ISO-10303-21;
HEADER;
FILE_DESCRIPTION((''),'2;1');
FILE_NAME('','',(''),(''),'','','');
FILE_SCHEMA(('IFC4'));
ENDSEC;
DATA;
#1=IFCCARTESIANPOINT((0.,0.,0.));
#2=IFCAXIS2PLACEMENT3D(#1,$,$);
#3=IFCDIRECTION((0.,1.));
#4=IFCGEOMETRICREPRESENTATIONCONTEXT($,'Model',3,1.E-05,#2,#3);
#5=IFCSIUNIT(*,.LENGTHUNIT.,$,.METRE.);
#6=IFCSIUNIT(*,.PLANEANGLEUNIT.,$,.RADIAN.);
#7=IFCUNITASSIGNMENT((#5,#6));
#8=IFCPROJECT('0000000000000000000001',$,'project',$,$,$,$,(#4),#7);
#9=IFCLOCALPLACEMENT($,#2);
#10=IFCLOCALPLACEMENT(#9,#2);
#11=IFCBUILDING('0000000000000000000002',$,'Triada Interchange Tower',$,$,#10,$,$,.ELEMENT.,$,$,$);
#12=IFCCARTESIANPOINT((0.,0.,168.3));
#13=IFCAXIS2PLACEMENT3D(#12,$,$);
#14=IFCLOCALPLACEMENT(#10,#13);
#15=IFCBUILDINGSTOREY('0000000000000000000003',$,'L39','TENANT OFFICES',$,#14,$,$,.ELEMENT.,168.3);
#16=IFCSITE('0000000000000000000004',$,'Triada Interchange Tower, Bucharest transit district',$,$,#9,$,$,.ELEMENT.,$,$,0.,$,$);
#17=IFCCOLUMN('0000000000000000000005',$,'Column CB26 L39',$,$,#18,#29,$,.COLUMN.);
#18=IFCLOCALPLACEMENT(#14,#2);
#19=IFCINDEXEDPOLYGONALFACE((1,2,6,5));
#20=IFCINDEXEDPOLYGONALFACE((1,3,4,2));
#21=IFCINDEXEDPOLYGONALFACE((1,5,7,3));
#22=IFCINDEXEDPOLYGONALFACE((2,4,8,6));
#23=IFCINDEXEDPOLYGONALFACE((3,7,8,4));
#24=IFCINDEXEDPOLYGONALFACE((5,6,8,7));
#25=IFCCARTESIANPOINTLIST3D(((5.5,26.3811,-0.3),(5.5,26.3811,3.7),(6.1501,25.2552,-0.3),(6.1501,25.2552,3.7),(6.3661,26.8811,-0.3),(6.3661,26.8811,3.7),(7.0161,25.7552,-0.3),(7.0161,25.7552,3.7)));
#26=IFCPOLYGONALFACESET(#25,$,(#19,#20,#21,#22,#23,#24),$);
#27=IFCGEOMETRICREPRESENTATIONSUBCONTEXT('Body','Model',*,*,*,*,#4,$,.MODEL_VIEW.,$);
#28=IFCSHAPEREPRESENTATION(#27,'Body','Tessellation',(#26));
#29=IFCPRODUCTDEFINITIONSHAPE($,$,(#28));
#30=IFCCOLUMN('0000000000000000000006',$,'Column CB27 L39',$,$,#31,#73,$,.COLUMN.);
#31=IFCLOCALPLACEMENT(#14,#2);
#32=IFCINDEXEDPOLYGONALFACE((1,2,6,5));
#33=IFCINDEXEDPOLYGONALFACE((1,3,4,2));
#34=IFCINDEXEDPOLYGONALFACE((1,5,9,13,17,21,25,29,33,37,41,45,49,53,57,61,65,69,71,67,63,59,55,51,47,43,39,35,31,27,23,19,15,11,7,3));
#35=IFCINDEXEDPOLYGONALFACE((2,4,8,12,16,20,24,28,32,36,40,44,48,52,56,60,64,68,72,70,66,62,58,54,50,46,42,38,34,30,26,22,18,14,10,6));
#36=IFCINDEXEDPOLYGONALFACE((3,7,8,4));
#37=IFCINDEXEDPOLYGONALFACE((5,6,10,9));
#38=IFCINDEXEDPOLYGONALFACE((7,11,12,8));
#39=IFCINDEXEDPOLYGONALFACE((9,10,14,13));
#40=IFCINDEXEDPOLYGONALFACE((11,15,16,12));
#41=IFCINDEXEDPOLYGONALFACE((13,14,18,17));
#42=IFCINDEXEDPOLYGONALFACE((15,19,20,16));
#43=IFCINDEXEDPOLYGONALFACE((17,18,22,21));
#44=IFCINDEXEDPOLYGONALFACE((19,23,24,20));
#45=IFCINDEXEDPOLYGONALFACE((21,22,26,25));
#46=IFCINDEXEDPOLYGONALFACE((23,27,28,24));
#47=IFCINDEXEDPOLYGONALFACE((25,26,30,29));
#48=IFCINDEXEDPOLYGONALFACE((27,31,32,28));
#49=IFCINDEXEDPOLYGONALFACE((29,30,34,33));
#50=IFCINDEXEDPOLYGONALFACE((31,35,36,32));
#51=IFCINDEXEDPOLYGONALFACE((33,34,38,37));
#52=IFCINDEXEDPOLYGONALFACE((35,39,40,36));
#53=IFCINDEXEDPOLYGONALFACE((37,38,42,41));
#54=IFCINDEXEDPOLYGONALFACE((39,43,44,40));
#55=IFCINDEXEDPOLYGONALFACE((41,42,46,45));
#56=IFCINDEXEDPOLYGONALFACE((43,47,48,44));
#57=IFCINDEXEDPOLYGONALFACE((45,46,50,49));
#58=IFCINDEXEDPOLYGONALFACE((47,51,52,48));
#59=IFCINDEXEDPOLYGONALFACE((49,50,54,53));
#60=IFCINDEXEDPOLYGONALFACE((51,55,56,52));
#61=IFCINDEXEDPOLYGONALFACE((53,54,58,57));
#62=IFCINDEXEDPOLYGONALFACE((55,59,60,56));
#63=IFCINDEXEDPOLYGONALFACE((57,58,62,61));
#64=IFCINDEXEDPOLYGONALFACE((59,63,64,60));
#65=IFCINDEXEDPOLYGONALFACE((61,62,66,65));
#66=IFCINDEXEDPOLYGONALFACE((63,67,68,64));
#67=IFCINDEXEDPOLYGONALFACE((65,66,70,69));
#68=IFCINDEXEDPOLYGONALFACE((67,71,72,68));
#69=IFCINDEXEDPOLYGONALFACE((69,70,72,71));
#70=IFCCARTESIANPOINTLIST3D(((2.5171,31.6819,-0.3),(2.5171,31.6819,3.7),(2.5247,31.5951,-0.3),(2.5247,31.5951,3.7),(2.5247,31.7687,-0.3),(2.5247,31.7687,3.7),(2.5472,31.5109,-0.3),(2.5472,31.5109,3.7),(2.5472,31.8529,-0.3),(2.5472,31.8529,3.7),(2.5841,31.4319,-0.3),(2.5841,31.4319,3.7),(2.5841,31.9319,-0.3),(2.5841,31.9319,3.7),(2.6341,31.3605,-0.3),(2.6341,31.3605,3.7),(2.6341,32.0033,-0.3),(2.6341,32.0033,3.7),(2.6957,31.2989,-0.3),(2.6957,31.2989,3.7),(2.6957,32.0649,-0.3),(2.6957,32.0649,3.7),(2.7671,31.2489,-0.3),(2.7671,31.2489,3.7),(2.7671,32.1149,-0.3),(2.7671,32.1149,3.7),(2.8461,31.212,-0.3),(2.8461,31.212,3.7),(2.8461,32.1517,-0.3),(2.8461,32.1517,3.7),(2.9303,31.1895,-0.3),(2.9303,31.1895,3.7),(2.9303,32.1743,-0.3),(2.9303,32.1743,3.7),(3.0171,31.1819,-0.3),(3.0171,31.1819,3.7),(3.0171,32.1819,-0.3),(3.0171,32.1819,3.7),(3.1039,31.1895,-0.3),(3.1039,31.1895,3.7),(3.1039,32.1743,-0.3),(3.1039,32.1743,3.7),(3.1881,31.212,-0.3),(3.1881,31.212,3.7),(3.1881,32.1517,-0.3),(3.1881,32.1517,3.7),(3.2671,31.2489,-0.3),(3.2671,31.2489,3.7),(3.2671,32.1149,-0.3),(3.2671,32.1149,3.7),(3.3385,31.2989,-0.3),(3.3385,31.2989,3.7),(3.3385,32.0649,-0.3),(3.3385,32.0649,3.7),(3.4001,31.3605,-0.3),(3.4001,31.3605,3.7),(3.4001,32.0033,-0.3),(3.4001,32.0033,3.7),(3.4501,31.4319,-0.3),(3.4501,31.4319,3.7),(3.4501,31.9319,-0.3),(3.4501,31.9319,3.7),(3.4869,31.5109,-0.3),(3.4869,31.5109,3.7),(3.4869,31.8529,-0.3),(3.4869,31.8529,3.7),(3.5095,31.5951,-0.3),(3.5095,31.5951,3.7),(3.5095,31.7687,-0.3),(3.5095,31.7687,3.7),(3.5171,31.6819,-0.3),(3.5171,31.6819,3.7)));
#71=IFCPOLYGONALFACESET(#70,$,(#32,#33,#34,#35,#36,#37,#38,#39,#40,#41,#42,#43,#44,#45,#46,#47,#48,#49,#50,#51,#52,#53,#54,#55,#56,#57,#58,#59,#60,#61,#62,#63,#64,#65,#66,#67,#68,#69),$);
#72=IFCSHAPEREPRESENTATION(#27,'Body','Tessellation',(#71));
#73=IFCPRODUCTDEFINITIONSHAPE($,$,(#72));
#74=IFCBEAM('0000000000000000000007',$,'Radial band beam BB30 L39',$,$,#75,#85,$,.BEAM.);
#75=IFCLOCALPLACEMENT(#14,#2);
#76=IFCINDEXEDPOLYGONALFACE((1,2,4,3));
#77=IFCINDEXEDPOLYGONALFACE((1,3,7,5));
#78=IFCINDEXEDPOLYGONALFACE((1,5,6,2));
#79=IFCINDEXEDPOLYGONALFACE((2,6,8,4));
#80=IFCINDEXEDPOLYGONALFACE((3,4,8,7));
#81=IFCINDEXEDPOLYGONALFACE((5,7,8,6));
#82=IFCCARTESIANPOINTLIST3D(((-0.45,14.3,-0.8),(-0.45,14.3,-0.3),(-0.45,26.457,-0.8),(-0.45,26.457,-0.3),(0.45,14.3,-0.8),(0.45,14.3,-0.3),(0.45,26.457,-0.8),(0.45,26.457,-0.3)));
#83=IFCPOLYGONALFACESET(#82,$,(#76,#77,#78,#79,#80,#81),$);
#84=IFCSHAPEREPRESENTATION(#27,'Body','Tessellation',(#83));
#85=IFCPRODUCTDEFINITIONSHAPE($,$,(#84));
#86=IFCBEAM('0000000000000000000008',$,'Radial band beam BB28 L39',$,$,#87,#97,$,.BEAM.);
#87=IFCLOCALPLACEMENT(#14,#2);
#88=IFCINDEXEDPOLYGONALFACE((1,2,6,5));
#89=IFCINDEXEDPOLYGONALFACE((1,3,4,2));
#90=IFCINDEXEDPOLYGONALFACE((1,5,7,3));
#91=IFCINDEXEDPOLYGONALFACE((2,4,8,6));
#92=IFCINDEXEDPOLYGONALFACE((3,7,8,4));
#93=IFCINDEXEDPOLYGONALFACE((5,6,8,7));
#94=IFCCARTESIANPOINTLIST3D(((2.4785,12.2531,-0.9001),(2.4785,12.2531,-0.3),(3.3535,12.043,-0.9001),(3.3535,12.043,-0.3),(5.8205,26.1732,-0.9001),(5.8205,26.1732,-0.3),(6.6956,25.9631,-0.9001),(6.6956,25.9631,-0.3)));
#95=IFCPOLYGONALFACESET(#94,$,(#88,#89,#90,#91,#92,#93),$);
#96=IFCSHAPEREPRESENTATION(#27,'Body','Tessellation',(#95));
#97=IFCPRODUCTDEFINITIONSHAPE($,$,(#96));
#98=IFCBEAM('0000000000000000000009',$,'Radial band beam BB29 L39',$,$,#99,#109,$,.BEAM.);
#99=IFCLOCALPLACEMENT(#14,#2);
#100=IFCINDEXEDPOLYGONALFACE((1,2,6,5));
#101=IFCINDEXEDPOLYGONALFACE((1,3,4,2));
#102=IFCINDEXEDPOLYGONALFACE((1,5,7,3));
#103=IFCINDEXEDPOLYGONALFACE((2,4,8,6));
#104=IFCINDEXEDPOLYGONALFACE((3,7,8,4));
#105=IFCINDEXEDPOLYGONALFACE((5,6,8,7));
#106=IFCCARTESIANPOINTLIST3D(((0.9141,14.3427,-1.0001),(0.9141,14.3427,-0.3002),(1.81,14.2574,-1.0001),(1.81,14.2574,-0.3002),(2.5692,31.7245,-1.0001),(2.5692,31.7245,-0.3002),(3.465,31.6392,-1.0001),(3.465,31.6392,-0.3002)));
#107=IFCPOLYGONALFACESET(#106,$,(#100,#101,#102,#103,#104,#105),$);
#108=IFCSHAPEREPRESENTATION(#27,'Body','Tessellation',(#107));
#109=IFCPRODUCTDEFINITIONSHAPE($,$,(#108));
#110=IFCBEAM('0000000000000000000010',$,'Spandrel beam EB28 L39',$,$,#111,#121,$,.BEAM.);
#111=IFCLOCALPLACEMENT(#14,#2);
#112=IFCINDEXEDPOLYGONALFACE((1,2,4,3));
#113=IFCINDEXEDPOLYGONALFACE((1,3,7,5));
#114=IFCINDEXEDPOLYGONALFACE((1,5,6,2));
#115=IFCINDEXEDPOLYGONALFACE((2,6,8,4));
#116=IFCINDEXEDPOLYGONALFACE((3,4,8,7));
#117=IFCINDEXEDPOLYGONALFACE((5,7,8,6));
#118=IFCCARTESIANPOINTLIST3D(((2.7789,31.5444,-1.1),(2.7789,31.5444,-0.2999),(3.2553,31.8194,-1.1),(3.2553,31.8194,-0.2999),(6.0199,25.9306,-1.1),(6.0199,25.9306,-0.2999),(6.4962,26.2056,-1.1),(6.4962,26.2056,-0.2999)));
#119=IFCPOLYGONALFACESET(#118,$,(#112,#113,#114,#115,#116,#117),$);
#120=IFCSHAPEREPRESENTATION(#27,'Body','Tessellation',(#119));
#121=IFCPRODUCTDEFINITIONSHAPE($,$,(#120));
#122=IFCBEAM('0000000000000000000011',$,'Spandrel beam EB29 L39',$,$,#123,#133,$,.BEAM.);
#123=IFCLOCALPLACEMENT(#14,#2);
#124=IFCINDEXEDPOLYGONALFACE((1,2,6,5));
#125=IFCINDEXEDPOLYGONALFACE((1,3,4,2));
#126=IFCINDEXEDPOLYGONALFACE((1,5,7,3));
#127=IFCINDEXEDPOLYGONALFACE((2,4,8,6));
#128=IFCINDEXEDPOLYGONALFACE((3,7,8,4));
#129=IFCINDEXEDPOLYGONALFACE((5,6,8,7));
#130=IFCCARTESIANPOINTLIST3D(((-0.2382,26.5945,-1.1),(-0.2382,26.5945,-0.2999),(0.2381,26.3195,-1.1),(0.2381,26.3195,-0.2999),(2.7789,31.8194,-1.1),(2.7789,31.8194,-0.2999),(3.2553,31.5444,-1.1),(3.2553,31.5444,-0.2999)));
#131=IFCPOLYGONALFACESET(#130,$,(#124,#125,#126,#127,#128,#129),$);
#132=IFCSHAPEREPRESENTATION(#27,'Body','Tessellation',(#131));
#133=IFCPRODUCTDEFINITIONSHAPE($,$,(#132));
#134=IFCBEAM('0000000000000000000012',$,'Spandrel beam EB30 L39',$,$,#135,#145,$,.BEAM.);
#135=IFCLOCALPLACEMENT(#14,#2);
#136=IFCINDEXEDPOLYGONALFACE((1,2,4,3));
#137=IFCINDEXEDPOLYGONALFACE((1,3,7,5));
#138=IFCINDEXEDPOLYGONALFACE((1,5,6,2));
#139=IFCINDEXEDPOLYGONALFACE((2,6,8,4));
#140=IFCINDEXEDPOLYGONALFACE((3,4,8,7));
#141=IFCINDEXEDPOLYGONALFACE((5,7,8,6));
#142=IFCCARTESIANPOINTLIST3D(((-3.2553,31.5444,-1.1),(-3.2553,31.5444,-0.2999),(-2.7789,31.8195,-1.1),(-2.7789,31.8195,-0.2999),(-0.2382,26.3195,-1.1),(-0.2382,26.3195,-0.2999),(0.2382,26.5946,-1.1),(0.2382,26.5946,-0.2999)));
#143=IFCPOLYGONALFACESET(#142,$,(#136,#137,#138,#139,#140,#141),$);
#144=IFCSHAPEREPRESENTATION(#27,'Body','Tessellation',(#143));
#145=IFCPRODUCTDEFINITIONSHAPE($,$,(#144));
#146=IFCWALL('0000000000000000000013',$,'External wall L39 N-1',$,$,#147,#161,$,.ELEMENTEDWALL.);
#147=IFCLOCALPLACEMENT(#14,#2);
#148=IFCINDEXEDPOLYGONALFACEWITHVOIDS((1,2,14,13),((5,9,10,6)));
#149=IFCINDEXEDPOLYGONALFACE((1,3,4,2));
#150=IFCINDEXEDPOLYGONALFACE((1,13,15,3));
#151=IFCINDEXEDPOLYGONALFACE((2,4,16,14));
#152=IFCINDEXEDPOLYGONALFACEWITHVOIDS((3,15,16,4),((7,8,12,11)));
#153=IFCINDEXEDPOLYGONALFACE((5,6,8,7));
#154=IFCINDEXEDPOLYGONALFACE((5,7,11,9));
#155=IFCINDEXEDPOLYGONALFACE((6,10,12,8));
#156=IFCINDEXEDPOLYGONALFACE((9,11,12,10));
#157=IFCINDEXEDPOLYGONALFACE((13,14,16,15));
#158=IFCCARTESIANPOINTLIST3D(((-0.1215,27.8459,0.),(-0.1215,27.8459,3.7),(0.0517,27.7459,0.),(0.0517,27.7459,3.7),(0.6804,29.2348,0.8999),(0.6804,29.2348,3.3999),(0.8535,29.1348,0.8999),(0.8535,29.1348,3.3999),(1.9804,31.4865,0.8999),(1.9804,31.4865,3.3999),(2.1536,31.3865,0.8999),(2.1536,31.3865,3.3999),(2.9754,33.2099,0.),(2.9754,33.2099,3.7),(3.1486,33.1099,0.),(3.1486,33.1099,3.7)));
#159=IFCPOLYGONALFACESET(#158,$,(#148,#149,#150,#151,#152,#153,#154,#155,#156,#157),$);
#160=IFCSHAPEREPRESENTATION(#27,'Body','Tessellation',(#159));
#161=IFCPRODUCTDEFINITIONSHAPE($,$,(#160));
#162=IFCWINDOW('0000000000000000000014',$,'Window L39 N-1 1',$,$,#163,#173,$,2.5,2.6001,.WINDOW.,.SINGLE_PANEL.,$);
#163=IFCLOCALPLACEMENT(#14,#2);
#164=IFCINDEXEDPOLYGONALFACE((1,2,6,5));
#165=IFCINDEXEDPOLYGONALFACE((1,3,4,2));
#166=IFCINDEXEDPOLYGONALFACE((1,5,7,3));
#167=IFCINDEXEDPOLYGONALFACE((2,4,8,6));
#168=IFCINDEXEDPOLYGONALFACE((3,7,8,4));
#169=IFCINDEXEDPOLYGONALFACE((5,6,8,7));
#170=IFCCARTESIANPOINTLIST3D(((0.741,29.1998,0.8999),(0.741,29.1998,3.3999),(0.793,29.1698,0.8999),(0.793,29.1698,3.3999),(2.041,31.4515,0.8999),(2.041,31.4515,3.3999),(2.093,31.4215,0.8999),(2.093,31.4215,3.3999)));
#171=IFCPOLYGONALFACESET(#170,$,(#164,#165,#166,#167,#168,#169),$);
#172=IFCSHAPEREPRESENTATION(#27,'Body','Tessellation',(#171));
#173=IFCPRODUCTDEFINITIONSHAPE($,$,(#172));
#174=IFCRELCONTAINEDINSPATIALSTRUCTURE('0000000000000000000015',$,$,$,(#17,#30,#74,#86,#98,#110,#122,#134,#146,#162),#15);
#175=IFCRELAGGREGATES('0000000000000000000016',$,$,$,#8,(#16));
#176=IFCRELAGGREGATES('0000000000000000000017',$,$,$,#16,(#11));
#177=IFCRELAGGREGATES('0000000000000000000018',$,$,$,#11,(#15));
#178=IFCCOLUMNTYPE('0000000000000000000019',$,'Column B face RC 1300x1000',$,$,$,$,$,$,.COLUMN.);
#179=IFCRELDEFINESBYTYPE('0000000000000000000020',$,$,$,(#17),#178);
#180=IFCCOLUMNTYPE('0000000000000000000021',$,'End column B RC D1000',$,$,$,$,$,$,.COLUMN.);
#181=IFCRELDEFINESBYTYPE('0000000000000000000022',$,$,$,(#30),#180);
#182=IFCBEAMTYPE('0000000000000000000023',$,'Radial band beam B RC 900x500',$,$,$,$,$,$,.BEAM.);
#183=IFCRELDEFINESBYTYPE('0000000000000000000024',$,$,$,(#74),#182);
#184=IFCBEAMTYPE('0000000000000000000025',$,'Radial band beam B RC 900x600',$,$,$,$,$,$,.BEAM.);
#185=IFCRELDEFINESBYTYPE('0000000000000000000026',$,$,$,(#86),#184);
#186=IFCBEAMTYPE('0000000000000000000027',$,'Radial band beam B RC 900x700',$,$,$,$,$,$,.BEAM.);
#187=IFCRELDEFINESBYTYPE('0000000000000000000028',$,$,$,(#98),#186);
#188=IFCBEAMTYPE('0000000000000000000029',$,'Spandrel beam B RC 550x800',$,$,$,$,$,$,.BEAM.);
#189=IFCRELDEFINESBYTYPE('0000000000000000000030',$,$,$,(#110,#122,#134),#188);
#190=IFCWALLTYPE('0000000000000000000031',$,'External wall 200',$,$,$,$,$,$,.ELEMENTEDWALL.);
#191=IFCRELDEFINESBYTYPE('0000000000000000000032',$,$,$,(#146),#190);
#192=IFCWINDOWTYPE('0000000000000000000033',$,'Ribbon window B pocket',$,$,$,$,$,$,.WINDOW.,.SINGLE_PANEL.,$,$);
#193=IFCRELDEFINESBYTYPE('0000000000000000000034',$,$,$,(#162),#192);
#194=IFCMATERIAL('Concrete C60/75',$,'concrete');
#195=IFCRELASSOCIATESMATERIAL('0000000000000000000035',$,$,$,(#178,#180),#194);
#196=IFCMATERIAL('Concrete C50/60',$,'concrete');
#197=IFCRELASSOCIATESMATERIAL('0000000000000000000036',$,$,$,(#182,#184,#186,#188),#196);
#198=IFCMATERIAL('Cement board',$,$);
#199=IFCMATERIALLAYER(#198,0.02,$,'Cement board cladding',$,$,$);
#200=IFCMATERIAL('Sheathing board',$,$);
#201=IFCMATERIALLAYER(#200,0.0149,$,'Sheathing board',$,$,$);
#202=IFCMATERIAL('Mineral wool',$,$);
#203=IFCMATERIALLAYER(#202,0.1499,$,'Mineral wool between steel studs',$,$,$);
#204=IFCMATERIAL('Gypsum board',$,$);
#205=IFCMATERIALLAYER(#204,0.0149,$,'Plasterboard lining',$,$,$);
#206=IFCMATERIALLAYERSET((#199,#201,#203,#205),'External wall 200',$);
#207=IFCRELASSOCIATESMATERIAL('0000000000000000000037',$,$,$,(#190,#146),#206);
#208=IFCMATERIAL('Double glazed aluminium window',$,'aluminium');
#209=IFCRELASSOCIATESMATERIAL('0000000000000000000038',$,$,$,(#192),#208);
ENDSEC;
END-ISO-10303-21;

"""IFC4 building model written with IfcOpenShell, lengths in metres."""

from ifc_helpers import new_model, si_unit, direction, frame, frame_2d, origin, origin_2d, place, context, subcontext, project, spatial, rectangle, circle, extrude, material, layer, layer_set, layer_usage, material_profile, profile_set, type_object, element, fill, save


model = new_model("IFC4")

# Units and contexts
model_context = context("Model", 3, precision=1e-05, world=origin(), true_north=direction((0.0, 1.0)))
body_context = subcontext(model_context, "Body", "Model", "MODEL_VIEW")
ifc_project = project(units=[si_unit("LENGTHUNIT", "METRE"), si_unit("PLANEANGLEUNIT", "RADIAN")], contexts=[model_context])

# Site, building, storey
site_placement = place(None, origin())
site = spatial("IfcSite", under=ifc_project, at=site_placement, Name="Triada Interchange Tower, Bucharest transit district", CompositionType="ELEMENT", RefElevation=0.0)
building_placement = place(site_placement, origin())
building = spatial("IfcBuilding", under=site, at=building_placement, Name="Triada Interchange Tower", CompositionType="ELEMENT")
storey_placement = place(building_placement, frame((0.0, 0.0, 168.3)))
storey = spatial("IfcBuildingStorey", under=building, at=storey_placement, Name="L39", Description="TENANT OFFICES", CompositionType="ELEMENT", Elevation=168.3)

# Columns
ifc_material_1 = material(Name="Concrete C60/75", Category="concrete")
ifc_material_profile_1 = material_profile(ifc_material_1, rectangle(XDim=1.3, YDim=1.0, at=origin_2d()), Name="RC 1300x1000")
ifc_profile_set_1 = profile_set([ifc_material_profile_1], Name="Concrete C60/75")
column_type_1 = type_object("IfcColumnType", Name="Column B face RC 1300x1000", PredefinedType="COLUMN", material=ifc_profile_set_1)
column_1_placement = place(storey_placement, frame((6.2581, 26.0681, -0.3), z_axis=(0.0, 0.0, 1.0), x_axis=(-0.5, 0.866025, 0.0)))
element("IfcColumn", 1, at=column_1_placement, inside=storey, type_object=column_type_1, Name="Column CB26 L39", PredefinedType="COLUMN", context=body_context, shape_type="SweptSolid", body=[
    extrude(rectangle(XDim=1.3, YDim=1.0, at=origin_2d()), origin(), (0.0, 0.0, 1.0), 4.0),
])
ifc_material_profile_2 = material_profile(ifc_material_1, circle(Radius=0.5, at=origin_2d()), Name="RC D1000")
ifc_profile_set_2 = profile_set([ifc_material_profile_2], Name="Concrete C60/75")
column_type_2 = type_object("IfcColumnType", Name="End column B RC D1000", PredefinedType="COLUMN", material=ifc_profile_set_2)
column_2_placement = place(storey_placement, frame((3.0171, 31.6819, -0.3), z_axis=(0.0, 0.0, 1.0), x_axis=(-0.5, 0.866025, 0.0)))
element("IfcColumn", 2, at=column_2_placement, inside=storey, type_object=column_type_2, Name="Column CB27 L39", PredefinedType="COLUMN", context=body_context, shape_type="SweptSolid", body=[
    extrude(circle(Radius=0.5, at=origin_2d()), origin(), (0.0, 0.0, 1.0), 4.0),
])

# Beams
ifc_material_2 = material(Name="Concrete C50/60", Category="concrete")
ifc_material_profile_3 = material_profile(ifc_material_2, rectangle(XDim=0.8999, YDim=0.5, at=origin_2d()), Name="RC 900x500")
ifc_profile_set_3 = profile_set([ifc_material_profile_3], Name="Concrete C50/60")
beam_type_1 = type_object("IfcBeamType", Name="Radial band beam B RC 900x500", PredefinedType="BEAM", material=ifc_profile_set_3)
beam_1_placement = place(storey_placement, frame((0.0, 26.457, -0.55), z_axis=(0.0, -1.0, 0.0), x_axis=(1.0, 0.0, 0.0)))
element("IfcBeam", 3, at=beam_1_placement, inside=storey, type_object=beam_type_1, Name="Radial band beam BB30 L39", PredefinedType="BEAM", context=body_context, shape_type="SweptSolid", body=[
    extrude(rectangle(XDim=0.8999, YDim=0.5, at=origin_2d()), origin(), (0.0, 0.0, 1.0), 12.157),
])
ifc_material_profile_4 = material_profile(ifc_material_2, rectangle(XDim=0.8999, YDim=0.6001, at=origin_2d()), Name="RC 900x600")
ifc_profile_set_4 = profile_set([ifc_material_profile_4], Name="Concrete C50/60")
beam_type_2 = type_object("IfcBeamType", Name="Radial band beam B RC 900x600", PredefinedType="BEAM", material=ifc_profile_set_4)
beam_2_placement = place(storey_placement, frame((6.2581, 26.0681, -0.6001), z_axis=(-0.233452, -0.972368, 0.0), x_axis=(0.972368, -0.233452, 0.0)))
element("IfcBeam", 4, at=beam_2_placement, inside=storey, type_object=beam_type_2, Name="Radial band beam BB28 L39", PredefinedType="BEAM", context=body_context, shape_type="SweptSolid", body=[
    extrude(rectangle(XDim=0.8999, YDim=0.6001, at=origin_2d()), origin(), (0.0, 0.0, 1.0), 14.3157),
])
ifc_material_profile_5 = material_profile(ifc_material_2, rectangle(XDim=0.8999, YDim=0.7, at=origin_2d()), Name="RC 900x700")
ifc_profile_set_5 = profile_set([ifc_material_profile_5], Name="Concrete C50/60")
beam_type_3 = type_object("IfcBeamType", Name="Radial band beam B RC 900x700", PredefinedType="BEAM", material=ifc_profile_set_5)
beam_3_placement = place(storey_placement, frame((3.0171, 31.6819, -0.6501), z_axis=(-0.094787, -0.995498, 0.0), x_axis=(0.995498, -0.094787, 0.0)))
element("IfcBeam", 5, at=beam_3_placement, inside=storey, type_object=beam_type_3, Name="Radial band beam BB29 L39", PredefinedType="BEAM", context=body_context, shape_type="SweptSolid", body=[
    extrude(rectangle(XDim=0.8999, YDim=0.7, at=origin_2d()), origin(), (0.0, 0.0, 1.0), 17.4604),
])
ifc_material_profile_6 = material_profile(ifc_material_2, rectangle(XDim=0.55, YDim=0.8, at=origin_2d()), Name="RC 550x800")
ifc_profile_set_6 = profile_set([ifc_material_profile_6], Name="Concrete C50/60")
beam_type_4 = type_object("IfcBeamType", Name="Spandrel beam B RC 550x800", PredefinedType="BEAM", material=ifc_profile_set_6)
beam_4_placement = place(storey_placement, frame((6.2581, 26.0681, -0.7), z_axis=(-0.499983, 0.866035, 0.0), x_axis=(-0.866035, -0.499983, 0.0)))
element("IfcBeam", 6, at=beam_4_placement, inside=storey, type_object=beam_type_4, Name="Spandrel beam EB28 L39", PredefinedType="BEAM", context=body_context, shape_type="SweptSolid", body=[
    extrude(rectangle(XDim=0.55, YDim=0.8, at=origin_2d()), origin(), (0.0, 0.0, 1.0), 6.4822),
])
for number, where, z_axis, x_axis, name in (
    (7, (3.0171, 31.6819, -0.7), (-0.500065, -0.865988, 0.0), (0.865988, -0.500065, 0.0), "Spandrel beam EB29 L39"),
    (8, (0.0, 26.457, -0.7), (-0.500065, 0.865988, 0.0), (-0.865988, -0.500065, 0.0), "Spandrel beam EB30 L39"),
):
    element("IfcBeam", number, at=place(storey_placement, frame(where, z_axis=z_axis, x_axis=x_axis)), inside=storey, type_object=beam_type_4, Name=name, PredefinedType="BEAM", context=body_context, shape_type="SweptSolid", body=[
        extrude(rectangle(XDim=0.55, YDim=0.8, at=origin_2d()), origin(), (0.0, 0.0, 1.0), 6.0334),
    ])

# Wall, opening, window
ifc_material_3 = material(Name="Cement board")
ifc_layer_1 = layer(ifc_material_3, 0.02, Name="Cement board cladding")
ifc_material_4 = material(Name="Sheathing board")
ifc_layer_2 = layer(ifc_material_4, 0.0149, Name="Sheathing board")
ifc_material_5 = material(Name="Mineral wool")
ifc_layer_3 = layer(ifc_material_5, 0.1499, Name="Mineral wool between steel studs")
ifc_material_6 = material(Name="Gypsum board")
ifc_layer_4 = layer(ifc_material_6, 0.0149, Name="Plasterboard lining")
ifc_layer_set_1 = layer_set([ifc_layer_1, ifc_layer_2, ifc_layer_3, ifc_layer_4], Name="External wall 200")
ifc_layer_usage = layer_usage(ifc_layer_set_1, "AXIS2", "POSITIVE", -0.1001)
wall_type_1 = type_object("IfcWallType", Name="External wall 200", PredefinedType="ELEMENTEDWALL", material=ifc_layer_set_1)
wall_1_placement = place(storey_placement, frame((3.062, 33.1599, 0.0), z_axis=(0.0, 0.0, 1.0), x_axis=(-0.500001, -0.866025, 0.0)))
wall_1 = element("IfcWall", 9, at=wall_1_placement, inside=storey, type_object=wall_type_1, material=ifc_layer_usage, Name="External wall L39 N-1", PredefinedType="ELEMENTEDWALL", context=body_context, shape_type="SweptSolid", body=[
    extrude(rectangle(XDim=6.1938, YDim=0.2, at=frame_2d((3.0969, 0.0))), origin(), (0.0, 0.0, 1.0), 3.7),
])
opening_1_placement = place(wall_1_placement, frame((1.99, 0.0, 0.8999)))
opening_1 = element("IfcOpeningElement", 10, at=opening_1_placement, cuts=wall_1, PredefinedType="OPENING", context=body_context, shape_type="SweptSolid", body=[
    extrude(rectangle(XDim=2.6001, YDim=2.5, at=frame_2d((1.3, 1.25))), frame((0.0, 0.1099, 0.0), z_axis=(0.0, -1.0, 0.0), x_axis=(1.0, 0.0, 0.0)), (0.0, 0.0, 1.0), 0.22),
])
ifc_material_7 = material(Name="Double glazed aluminium window", Category="aluminium")
window_type = type_object("IfcWindowType", Name="Ribbon window B pocket", PartitioningType="SINGLE_PANEL", PredefinedType="WINDOW", material=ifc_material_7)
window_1_placement = place(opening_1_placement, origin())
window_1 = element("IfcWindow", 11, at=window_1_placement, inside=storey, type_object=window_type, Name="Window L39 N-1 1", OverallHeight=2.5, OverallWidth=2.6001, PartitioningType="SINGLE_PANEL", PredefinedType="WINDOW", context=body_context, shape_type="SweptSolid", body=[
    extrude(rectangle(XDim=2.6001, YDim=2.5, at=frame_2d((1.3, 1.25))), frame((0.0, 0.03, 0.0), z_axis=(0.0, -1.0, 0.0), x_axis=(1.0, 0.0, 0.0)), (0.0, 0.0, 1.0), 0.0601),
])
fill(opening_1, window_1)

save(model, "model.ifc")
